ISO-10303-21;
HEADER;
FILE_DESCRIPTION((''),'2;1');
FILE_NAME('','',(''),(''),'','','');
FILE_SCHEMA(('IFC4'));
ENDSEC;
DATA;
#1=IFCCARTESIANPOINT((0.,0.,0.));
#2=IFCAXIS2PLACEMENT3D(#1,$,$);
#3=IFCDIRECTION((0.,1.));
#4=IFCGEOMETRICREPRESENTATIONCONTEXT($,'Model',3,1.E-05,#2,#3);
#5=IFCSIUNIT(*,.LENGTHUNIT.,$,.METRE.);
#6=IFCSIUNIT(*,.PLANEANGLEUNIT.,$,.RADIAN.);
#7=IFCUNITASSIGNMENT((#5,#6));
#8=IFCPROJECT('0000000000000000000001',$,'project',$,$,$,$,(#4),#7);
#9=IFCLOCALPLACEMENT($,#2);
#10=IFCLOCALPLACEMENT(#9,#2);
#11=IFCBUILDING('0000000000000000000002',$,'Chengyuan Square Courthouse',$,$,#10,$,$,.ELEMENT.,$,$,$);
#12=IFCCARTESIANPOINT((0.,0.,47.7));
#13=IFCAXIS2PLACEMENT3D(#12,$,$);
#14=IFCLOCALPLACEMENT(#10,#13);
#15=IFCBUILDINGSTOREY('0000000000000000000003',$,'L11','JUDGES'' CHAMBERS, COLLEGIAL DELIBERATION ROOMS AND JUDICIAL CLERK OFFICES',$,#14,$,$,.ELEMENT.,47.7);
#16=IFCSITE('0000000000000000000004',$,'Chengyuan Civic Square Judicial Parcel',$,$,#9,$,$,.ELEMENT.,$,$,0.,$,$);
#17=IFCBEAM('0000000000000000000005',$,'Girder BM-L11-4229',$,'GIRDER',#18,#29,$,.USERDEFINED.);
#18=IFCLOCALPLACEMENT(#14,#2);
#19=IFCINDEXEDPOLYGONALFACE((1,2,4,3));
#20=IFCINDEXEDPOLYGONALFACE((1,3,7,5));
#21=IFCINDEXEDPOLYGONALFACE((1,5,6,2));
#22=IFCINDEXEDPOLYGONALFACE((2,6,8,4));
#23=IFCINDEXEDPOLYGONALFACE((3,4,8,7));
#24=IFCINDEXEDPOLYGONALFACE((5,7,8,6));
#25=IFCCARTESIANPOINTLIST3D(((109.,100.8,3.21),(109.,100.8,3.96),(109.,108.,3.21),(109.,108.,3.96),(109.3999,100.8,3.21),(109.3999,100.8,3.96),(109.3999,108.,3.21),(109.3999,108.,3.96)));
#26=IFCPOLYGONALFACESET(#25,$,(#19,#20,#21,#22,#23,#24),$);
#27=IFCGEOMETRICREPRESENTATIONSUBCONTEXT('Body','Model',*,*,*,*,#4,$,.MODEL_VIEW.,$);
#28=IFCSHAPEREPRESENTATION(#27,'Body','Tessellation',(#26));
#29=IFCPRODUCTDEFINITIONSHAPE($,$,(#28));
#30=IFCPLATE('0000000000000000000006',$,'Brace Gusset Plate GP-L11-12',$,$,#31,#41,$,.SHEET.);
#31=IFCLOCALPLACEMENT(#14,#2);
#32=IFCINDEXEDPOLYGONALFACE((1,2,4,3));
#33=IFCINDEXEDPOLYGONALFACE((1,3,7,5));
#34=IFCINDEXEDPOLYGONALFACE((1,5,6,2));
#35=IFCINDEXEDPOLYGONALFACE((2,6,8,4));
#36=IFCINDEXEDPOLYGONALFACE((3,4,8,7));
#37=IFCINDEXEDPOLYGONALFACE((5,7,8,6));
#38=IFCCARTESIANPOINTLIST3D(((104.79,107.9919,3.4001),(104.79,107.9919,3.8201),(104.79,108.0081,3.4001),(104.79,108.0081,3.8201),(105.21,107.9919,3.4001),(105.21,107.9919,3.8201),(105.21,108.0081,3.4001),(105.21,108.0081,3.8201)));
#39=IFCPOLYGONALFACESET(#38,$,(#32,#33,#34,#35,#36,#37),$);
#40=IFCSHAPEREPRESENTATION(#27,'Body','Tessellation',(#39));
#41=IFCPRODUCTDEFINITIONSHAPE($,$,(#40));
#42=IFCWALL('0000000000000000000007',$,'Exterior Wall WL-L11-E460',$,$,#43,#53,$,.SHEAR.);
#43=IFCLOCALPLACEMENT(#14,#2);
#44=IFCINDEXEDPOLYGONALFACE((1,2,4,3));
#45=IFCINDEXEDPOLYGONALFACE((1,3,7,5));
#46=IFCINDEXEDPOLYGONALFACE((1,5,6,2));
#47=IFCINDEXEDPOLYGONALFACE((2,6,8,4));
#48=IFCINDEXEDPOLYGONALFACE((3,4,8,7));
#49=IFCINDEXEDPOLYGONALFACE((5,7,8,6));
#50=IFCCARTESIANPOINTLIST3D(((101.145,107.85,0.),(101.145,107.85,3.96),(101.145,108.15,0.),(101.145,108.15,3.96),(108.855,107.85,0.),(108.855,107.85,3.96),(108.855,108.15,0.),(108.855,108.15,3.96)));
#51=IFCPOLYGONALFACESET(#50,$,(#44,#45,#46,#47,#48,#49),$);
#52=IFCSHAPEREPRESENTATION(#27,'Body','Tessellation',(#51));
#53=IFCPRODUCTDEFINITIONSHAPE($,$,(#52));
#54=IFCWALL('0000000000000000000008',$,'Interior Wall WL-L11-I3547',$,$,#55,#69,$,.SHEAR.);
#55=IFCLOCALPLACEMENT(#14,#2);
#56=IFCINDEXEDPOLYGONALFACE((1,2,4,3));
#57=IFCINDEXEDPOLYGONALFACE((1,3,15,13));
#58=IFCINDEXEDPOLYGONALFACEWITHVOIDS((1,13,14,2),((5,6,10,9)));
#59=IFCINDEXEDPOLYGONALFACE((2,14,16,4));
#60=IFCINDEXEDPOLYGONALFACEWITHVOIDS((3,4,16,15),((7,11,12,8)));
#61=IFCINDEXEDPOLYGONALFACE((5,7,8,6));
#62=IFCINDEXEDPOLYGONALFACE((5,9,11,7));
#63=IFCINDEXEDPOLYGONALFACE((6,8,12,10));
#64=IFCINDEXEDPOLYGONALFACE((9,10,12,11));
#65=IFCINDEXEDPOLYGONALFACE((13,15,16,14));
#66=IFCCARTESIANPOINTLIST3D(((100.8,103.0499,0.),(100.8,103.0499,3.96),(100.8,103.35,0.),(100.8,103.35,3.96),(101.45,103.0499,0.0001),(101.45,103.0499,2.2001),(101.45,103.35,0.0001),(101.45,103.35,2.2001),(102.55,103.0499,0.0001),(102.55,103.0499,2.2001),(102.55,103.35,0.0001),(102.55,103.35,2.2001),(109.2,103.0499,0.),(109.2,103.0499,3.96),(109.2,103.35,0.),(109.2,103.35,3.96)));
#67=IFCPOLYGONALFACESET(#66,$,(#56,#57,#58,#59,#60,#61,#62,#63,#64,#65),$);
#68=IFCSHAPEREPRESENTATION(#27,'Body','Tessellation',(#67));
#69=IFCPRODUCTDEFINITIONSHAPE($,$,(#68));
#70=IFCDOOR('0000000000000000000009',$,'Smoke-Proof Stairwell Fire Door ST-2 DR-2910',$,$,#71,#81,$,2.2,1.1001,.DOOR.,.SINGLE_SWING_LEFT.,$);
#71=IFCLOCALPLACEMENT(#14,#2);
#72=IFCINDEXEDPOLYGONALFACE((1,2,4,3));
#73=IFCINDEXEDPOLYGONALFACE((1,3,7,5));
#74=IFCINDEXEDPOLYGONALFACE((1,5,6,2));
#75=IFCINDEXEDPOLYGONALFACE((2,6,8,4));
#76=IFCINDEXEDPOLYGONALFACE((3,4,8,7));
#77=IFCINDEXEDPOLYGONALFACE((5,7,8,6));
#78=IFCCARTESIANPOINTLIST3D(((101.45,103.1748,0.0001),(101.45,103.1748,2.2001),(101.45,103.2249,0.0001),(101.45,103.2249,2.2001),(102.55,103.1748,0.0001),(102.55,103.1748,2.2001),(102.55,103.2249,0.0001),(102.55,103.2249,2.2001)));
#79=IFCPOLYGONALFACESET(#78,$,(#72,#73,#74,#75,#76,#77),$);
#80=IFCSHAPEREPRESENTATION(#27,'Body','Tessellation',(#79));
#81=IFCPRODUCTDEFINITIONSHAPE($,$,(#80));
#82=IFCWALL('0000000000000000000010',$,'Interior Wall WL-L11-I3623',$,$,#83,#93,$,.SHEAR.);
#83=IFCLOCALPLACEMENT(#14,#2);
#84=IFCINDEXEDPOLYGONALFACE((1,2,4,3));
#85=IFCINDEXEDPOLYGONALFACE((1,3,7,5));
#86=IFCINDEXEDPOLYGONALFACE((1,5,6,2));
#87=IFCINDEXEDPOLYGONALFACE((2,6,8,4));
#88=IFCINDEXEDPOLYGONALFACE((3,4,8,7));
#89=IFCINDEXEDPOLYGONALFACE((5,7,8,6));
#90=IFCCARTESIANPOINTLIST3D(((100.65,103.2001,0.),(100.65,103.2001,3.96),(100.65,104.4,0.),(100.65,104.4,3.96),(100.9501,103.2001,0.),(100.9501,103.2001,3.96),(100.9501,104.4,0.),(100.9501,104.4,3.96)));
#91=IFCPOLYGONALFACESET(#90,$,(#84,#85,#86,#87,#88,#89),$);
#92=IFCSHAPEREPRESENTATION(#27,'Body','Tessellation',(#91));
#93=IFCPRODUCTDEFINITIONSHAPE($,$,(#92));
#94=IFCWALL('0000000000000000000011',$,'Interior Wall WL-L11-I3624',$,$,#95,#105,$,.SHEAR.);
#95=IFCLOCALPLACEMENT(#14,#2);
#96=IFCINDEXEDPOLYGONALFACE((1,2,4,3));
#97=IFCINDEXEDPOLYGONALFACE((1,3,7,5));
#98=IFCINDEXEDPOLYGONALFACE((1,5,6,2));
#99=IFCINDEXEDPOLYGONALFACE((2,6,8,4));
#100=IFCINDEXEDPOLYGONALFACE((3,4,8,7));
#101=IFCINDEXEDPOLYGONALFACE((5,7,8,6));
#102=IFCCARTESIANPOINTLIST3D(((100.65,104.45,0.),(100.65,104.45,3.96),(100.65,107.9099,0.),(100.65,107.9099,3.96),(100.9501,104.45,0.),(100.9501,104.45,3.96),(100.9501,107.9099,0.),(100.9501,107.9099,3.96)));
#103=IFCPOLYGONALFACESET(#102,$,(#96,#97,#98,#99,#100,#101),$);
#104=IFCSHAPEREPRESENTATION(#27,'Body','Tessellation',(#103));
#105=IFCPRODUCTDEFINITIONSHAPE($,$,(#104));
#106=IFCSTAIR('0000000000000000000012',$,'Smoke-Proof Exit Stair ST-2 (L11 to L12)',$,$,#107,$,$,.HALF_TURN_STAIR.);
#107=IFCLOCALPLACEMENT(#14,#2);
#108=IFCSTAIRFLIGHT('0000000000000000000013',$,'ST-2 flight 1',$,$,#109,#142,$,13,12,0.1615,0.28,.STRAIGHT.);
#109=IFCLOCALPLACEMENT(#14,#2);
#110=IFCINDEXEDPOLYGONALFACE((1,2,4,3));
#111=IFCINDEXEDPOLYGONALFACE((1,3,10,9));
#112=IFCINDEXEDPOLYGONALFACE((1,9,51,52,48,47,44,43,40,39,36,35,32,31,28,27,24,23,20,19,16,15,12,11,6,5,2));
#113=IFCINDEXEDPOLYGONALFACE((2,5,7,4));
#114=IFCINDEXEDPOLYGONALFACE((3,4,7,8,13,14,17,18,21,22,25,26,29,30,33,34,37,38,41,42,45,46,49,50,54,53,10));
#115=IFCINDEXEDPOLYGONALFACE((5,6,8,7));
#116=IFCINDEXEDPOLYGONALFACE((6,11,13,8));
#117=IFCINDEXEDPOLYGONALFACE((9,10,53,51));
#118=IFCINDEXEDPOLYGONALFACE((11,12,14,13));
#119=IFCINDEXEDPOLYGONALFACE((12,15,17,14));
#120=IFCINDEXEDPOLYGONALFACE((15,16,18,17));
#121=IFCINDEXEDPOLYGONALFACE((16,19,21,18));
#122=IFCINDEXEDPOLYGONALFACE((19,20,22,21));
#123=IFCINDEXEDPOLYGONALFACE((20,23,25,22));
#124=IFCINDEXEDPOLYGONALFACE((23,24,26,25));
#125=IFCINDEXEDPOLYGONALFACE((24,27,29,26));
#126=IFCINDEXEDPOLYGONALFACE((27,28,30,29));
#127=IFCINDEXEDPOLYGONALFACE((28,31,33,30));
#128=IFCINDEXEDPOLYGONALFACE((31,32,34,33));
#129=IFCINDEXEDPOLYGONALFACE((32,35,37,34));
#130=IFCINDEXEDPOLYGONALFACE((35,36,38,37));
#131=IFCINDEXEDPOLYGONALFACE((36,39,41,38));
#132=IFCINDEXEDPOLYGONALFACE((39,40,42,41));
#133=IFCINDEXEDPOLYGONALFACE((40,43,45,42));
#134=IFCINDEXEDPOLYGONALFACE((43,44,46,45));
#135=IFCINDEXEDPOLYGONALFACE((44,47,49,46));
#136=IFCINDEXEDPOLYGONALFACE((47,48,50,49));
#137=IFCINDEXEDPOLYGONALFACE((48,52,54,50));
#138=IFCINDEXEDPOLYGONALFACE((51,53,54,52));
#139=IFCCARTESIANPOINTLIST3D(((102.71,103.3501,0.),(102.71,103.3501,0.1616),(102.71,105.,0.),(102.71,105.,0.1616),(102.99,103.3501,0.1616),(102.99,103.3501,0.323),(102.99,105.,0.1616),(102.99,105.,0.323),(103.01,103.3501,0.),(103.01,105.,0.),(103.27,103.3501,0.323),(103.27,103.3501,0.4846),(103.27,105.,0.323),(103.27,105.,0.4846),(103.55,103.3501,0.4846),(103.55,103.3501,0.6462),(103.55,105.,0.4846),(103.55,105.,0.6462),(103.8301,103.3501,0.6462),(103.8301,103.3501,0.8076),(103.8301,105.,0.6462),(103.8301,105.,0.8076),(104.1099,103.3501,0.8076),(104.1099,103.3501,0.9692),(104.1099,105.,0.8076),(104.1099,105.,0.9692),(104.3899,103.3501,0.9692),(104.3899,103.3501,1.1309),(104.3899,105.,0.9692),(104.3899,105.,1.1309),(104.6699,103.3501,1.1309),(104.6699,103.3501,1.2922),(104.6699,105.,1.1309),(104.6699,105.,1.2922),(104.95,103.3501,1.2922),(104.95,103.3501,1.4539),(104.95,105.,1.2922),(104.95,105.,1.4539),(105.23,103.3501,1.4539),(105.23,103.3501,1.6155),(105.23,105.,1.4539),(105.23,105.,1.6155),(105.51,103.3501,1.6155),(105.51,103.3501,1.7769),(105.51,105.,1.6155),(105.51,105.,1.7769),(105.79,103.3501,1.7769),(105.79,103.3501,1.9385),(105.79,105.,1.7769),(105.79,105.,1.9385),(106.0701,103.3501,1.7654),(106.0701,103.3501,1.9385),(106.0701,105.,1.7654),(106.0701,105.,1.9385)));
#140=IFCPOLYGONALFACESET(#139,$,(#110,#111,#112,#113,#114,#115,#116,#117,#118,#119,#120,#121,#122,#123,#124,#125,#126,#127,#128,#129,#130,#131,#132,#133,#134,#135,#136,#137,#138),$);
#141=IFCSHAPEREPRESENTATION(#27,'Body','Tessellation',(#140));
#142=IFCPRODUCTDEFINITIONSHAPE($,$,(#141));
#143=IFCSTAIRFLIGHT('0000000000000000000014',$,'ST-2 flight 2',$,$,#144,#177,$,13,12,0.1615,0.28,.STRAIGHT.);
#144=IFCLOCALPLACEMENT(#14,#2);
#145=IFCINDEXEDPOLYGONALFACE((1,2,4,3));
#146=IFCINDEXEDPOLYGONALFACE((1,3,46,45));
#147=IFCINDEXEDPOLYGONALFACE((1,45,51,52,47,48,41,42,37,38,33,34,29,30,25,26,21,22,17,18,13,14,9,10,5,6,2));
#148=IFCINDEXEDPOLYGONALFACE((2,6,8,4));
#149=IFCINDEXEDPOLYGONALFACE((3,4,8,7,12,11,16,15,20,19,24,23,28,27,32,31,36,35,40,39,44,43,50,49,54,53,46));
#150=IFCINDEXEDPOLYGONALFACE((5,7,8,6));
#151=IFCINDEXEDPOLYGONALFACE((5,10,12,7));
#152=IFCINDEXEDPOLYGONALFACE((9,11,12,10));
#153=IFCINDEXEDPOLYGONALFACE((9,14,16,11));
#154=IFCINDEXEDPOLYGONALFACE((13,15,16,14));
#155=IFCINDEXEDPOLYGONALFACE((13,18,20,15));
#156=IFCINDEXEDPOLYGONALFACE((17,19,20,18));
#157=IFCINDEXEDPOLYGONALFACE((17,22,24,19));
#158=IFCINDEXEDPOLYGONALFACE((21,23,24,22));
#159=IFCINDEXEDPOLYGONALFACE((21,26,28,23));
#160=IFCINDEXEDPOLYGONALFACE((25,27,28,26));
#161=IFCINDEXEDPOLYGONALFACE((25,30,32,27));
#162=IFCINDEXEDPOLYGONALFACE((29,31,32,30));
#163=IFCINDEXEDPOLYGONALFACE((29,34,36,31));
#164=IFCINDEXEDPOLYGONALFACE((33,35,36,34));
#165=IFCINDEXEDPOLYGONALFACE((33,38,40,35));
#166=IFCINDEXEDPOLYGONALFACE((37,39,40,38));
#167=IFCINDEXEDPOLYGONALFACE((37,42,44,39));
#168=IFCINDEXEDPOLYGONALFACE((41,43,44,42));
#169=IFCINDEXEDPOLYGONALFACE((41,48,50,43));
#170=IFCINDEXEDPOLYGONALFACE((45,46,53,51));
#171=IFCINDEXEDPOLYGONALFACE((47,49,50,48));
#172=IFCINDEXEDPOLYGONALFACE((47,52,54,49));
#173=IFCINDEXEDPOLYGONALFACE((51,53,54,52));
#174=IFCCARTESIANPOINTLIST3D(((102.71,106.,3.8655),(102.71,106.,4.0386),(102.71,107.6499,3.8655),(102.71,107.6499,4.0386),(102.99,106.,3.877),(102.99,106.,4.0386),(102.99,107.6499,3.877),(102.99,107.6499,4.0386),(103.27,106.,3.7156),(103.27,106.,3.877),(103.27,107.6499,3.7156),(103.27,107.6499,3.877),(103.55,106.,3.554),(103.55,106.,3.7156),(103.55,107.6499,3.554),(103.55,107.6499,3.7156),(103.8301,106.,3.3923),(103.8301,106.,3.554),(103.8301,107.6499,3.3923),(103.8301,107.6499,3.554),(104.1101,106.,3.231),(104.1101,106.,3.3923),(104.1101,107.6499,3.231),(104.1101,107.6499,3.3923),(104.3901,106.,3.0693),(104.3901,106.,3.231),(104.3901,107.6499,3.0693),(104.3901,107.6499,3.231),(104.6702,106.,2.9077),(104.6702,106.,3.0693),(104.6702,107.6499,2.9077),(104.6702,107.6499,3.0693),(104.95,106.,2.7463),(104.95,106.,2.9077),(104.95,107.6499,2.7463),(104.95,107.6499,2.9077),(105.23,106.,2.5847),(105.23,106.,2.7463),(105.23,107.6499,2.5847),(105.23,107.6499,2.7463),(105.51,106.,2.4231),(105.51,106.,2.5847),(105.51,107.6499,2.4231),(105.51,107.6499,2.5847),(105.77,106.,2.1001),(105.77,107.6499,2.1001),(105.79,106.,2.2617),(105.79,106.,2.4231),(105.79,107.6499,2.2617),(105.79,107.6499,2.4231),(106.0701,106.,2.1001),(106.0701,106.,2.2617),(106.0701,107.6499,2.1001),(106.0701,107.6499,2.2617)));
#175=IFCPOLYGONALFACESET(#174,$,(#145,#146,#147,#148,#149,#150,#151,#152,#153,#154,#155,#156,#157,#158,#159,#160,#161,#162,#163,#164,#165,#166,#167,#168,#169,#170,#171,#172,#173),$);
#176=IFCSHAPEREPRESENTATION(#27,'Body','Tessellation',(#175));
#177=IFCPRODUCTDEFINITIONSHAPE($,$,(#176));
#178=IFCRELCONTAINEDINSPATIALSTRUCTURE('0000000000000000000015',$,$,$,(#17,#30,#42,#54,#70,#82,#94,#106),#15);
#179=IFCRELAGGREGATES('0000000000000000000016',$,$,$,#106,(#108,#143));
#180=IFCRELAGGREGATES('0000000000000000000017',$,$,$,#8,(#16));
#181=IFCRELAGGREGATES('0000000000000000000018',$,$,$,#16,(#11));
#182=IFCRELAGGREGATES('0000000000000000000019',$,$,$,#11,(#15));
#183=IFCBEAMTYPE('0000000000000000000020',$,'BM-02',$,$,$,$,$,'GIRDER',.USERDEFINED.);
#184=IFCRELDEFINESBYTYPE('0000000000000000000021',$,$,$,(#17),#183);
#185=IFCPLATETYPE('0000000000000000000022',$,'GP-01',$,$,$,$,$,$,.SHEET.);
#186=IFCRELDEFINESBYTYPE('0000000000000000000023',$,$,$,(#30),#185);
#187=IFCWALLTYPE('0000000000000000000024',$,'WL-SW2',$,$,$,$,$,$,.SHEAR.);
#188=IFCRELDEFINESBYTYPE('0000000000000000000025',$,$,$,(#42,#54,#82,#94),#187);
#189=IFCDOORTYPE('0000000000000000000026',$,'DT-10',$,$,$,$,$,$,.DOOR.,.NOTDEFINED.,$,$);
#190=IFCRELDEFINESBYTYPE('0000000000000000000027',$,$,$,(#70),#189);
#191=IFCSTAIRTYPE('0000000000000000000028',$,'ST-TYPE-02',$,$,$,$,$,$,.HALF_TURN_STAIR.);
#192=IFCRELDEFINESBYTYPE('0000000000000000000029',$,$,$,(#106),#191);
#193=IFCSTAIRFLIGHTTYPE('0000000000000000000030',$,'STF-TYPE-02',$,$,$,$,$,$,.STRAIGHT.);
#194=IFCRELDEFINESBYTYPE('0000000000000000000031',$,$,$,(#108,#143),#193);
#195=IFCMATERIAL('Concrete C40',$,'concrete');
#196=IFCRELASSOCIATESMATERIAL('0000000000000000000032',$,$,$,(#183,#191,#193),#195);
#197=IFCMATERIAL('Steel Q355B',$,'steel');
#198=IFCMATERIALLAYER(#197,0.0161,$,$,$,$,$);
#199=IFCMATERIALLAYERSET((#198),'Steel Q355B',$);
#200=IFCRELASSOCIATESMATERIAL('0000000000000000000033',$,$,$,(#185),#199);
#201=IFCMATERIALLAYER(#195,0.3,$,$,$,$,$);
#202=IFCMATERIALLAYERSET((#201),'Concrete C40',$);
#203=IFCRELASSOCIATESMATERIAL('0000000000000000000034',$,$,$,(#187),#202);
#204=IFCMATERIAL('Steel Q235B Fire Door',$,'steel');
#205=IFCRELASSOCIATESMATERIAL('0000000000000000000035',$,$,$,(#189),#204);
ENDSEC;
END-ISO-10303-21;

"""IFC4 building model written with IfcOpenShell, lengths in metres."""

from ifc_helpers import new_model, si_unit, direction, frame, frame_2d, origin, origin_2d, place, context, subcontext, project, spatial, polyline, rectangle, outline, extrude, material, layer, layer_set, material_profile, profile_set, type_object, element, fill, aggregate, save


model = new_model("IFC4")

# Units and contexts
model_context = context("Model", 3, precision=1e-05, world=origin(), true_north=direction((0.0, 1.0)))
body_context = subcontext(model_context, "Body", "Model", "MODEL_VIEW")
ifc_project = project(units=[si_unit("LENGTHUNIT", "METRE"), si_unit("PLANEANGLEUNIT", "RADIAN")], contexts=[model_context])

# Site, building, storey
site_placement = place(None, origin())
site = spatial("IfcSite", under=ifc_project, at=site_placement, Name="Chengyuan Civic Square Judicial Parcel", CompositionType="ELEMENT", RefElevation=0.0)
building_placement = place(site_placement, origin())
building = spatial("IfcBuilding", under=site, at=building_placement, Name="Chengyuan Square Courthouse", CompositionType="ELEMENT")
storey_placement = place(building_placement, frame((0.0, 0.0, 47.7)))
storey = spatial("IfcBuildingStorey", under=building, at=storey_placement, Name="L11", Description="JUDGES' CHAMBERS, COLLEGIAL DELIBERATION ROOMS AND JUDICIAL CLERK OFFICES", CompositionType="ELEMENT", Elevation=47.7)

# Beam
ifc_material_1 = material(Name="Concrete C40", Category="concrete")
ifc_material_profile = material_profile(ifc_material_1, rectangle(XDim=0.3999, YDim=0.75, at=origin_2d()), Name="RC-BM-400x750")
ifc_profile_set = profile_set([ifc_material_profile], Name="Concrete C40")
beam_type = type_object("IfcBeamType", Name="BM-02", ElementType="GIRDER", PredefinedType="USERDEFINED", material=ifc_profile_set)
beam_placement = place(storey_placement, frame((109.2, 100.8, 3.585), z_axis=(0.0, 1.0, 0.0), x_axis=(-1.0, 0.0, 0.0)))
element("IfcBeam", 1, at=beam_placement, inside=storey, type_object=beam_type, Name="Girder BM-L11-4229", ObjectType="GIRDER", PredefinedType="USERDEFINED", context=body_context, shape_type="SweptSolid", body=[
    extrude(rectangle(XDim=0.3999, YDim=0.75, at=origin_2d()), origin(), (0.0, 0.0, 1.0), 7.2),
])

# Plate
ifc_material_2 = material(Name="Steel Q355B", Category="steel")
ifc_layer_1 = layer(ifc_material_2, 0.0161)
ifc_layer_set_1 = layer_set([ifc_layer_1], Name="Steel Q355B")
plate_type = type_object("IfcPlateType", Name="GP-01", PredefinedType="SHEET", material=ifc_layer_set_1)
plate_placement = place(storey_placement, frame((105.0, 108.0, 3.4001), z_axis=(0.0, 0.0, 1.0), x_axis=(1.0, 0.0, 0.0)))
element("IfcPlate", 2, at=plate_placement, inside=storey, type_object=plate_type, Name="Brace Gusset Plate GP-L11-12", PredefinedType="SHEET", context=body_context, shape_type="SweptSolid", body=[
    extrude(rectangle(XDim=0.4199, YDim=0.0161, at=origin_2d()), origin(), (0.0, 0.0, 1.0), 0.4199),
])

# Wall
ifc_layer_2 = layer(ifc_material_1, 0.3)
ifc_layer_set_2 = layer_set([ifc_layer_2], Name="Concrete C40")
wall_type = type_object("IfcWallType", Name="WL-SW2", PredefinedType="SHEAR", material=ifc_layer_set_2)
wall_1_placement = place(storey_placement, frame((101.145, 108.0, 0.0), z_axis=(0.0, 0.0, 1.0), x_axis=(1.0, 0.0, 0.0)))
element("IfcWall", 3, at=wall_1_placement, inside=storey, type_object=wall_type, Name="Exterior Wall WL-L11-E460", PredefinedType="SHEAR", context=body_context, shape_type="SweptSolid", body=[
    extrude(rectangle(XDim=7.71, YDim=0.3, at=frame_2d((3.855, 0.0))), origin(), (0.0, 0.0, 1.0), 3.96),
])

# Wall, opening, door
wall_2_placement = place(storey_placement, frame((100.8, 103.2, 0.0), z_axis=(0.0, 0.0, 1.0), x_axis=(1.0, 0.0, 0.0)))
wall_2 = element("IfcWall", 4, at=wall_2_placement, inside=storey, type_object=wall_type, Name="Interior Wall WL-L11-I3547", PredefinedType="SHEAR", context=body_context, shape_type="SweptSolid", body=[
    extrude(rectangle(XDim=8.3999, YDim=0.3, at=frame_2d((4.2, 0.0))), origin(), (0.0, 0.0, 1.0), 3.96),
])
opening_placement = place(wall_2_placement, frame((0.6499, 0.0, 0.0)))
opening = element("IfcOpeningElement", 5, at=opening_placement, cuts=wall_2, PredefinedType="OPENING", context=body_context, shape_type="SweptSolid", body=[
    extrude(rectangle(XDim=1.1001, YDim=2.2, at=frame_2d((0.55, 1.1001))), frame((0.0, 0.1621, 0.0), z_axis=(0.0, -1.0, 0.0), x_axis=(1.0, 0.0, 0.0)), (0.0, 0.0, 1.0), 0.324),
])
ifc_material_3 = material(Name="Steel Q235B Fire Door", Category="steel")
door_type = type_object("IfcDoorType", Name="DT-10", OperationType="NOTDEFINED", PredefinedType="DOOR", material=ifc_material_3)
door_placement = place(opening_placement, origin())
door = element("IfcDoor", 6, at=door_placement, inside=storey, type_object=door_type, Name="Smoke-Proof Stairwell Fire Door ST-2 DR-2910", OperationType="SINGLE_SWING_LEFT", OverallHeight=2.2, OverallWidth=1.1001, PredefinedType="DOOR", context=body_context, shape_type="SweptSolid", body=[
    extrude(rectangle(XDim=1.1001, YDim=2.2, at=frame_2d((0.55, 1.1001))), frame((0.0, 0.0249, 0.0), z_axis=(0.0, -1.0, 0.0), x_axis=(1.0, 0.0, 0.0)), (0.0, 0.0, 1.0), 0.05),
])
fill(opening, door)

# Walls
wall_3_placement = place(storey_placement, frame((100.8, 103.2, 0.0), z_axis=(0.0, 0.0, 1.0), x_axis=(0.0, 1.0, 0.0)))
element("IfcWall", 7, at=wall_3_placement, inside=storey, type_object=wall_type, Name="Interior Wall WL-L11-I3623", PredefinedType="SHEAR", context=body_context, shape_type="SweptSolid", body=[
    extrude(rectangle(XDim=1.2, YDim=0.3, at=frame_2d((0.6001, 0.0))), origin(), (0.0, 0.0, 1.0), 3.96),
])
wall_4_placement = place(storey_placement, frame((100.8, 104.45, 0.0), z_axis=(0.0, 0.0, 1.0), x_axis=(0.0, 1.0, 0.0)))
element("IfcWall", 8, at=wall_4_placement, inside=storey, type_object=wall_type, Name="Interior Wall WL-L11-I3624", PredefinedType="SHEAR", context=body_context, shape_type="SweptSolid", body=[
    extrude(rectangle(XDim=3.46, YDim=0.3, at=frame_2d((1.73, 0.0))), origin(), (0.0, 0.0, 1.0), 3.96),
])

# Stair, stair flights
stair_type = type_object("IfcStairType", Name="ST-TYPE-02", PredefinedType="HALF_TURN_STAIR", material=ifc_material_1)
stair_placement = place(storey_placement, origin())
stair = element("IfcStair", 9, at=stair_placement, inside=storey, type_object=stair_type, Name="Smoke-Proof Exit Stair ST-2 (L11 to L12)", PredefinedType="HALF_TURN_STAIR")
stair_flight_type = type_object("IfcStairFlightType", Name="STF-TYPE-02", PredefinedType="STRAIGHT", material=ifc_material_1)
stair_flight_1_placement = place(storey_placement, frame((102.71, 104.175, 0.0), z_axis=(0.0, 0.0, 1.0), x_axis=(1.0, 0.0, 0.0)))
stair_flight_1 = element("IfcStairFlight", 10, at=stair_flight_1_placement, type_object=stair_flight_type, Name="ST-2 flight 1", NumberOfRisers=13, NumberOfTreads=12, PredefinedType="STRAIGHT", RiserHeight=0.1615, TreadLength=0.28, context=body_context, shape_type="SweptSolid", body=[
    extrude(outline(polyline([(0.0, 0.0), (0.0, 0.1616), (0.28, 0.1616), (0.28, 0.323), (0.5601, 0.323), (0.5601, 0.4846), (0.8401, 0.4846), (0.8401, 0.6462), (1.1201, 0.6462), (1.1201, 0.8076), (1.3999, 0.8076), (1.3999, 0.9692), (1.6799, 0.9692), (1.6799, 1.1309), (1.96, 1.1309), (1.96, 1.2922), (2.24, 1.2922), (2.24, 1.4539), (2.52, 1.4539), (2.52, 1.6155), (2.8, 1.6155), (2.8, 1.7769), (3.0801, 1.7769), (3.0801, 1.9385), (3.3601, 1.9385), (3.3601, 2.1001), (3.3601, 1.7654), (0.3, 0.0), (0.0, 0.0)])), frame((0.0, 0.825, 0.0), z_axis=(0.0, -1.0, 0.0), x_axis=(1.0, 0.0, 0.0)), (0.0, 0.0, 1.0), 1.6499),
])
stair_flight_2_placement = place(storey_placement, frame((106.0701, 106.825, 2.1001), z_axis=(0.0, 0.0, 1.0), x_axis=(-1.0, 0.0, 0.0)))
stair_flight_2 = element("IfcStairFlight", 11, at=stair_flight_2_placement, type_object=stair_flight_type, Name="ST-2 flight 2", NumberOfRisers=13, NumberOfTreads=12, PredefinedType="STRAIGHT", RiserHeight=0.1615, TreadLength=0.28, context=body_context, shape_type="SweptSolid", body=[
    extrude(outline(polyline([(0.0, 0.0), (0.0, 0.1616), (0.28, 0.1616), (0.28, 0.323), (0.5601, 0.323), (0.5601, 0.4846), (0.8401, 0.4846), (0.8401, 0.6462), (1.1201, 0.6462), (1.1201, 0.8076), (1.3999, 0.8076), (1.3999, 0.9692), (1.6799, 0.9692), (1.6799, 1.1309), (1.96, 1.1309), (1.96, 1.2922), (2.24, 1.2922), (2.24, 1.4539), (2.52, 1.4539), (2.52, 1.6155), (2.8, 1.6155), (2.8, 1.7769), (3.0801, 1.7769), (3.0801, 1.9385), (3.3601, 1.9385), (3.3601, 2.1001), (3.3601, 1.7654), (0.3, 0.0), (0.0, 0.0)])), frame((0.0, 0.825, 0.0), z_axis=(0.0, -1.0, 0.0), x_axis=(1.0, 0.0, 0.0)), (0.0, 0.0, 1.0), 1.6499),
])
aggregate(stair, [stair_flight_1, stair_flight_2])

save(model, "model.ifc")
